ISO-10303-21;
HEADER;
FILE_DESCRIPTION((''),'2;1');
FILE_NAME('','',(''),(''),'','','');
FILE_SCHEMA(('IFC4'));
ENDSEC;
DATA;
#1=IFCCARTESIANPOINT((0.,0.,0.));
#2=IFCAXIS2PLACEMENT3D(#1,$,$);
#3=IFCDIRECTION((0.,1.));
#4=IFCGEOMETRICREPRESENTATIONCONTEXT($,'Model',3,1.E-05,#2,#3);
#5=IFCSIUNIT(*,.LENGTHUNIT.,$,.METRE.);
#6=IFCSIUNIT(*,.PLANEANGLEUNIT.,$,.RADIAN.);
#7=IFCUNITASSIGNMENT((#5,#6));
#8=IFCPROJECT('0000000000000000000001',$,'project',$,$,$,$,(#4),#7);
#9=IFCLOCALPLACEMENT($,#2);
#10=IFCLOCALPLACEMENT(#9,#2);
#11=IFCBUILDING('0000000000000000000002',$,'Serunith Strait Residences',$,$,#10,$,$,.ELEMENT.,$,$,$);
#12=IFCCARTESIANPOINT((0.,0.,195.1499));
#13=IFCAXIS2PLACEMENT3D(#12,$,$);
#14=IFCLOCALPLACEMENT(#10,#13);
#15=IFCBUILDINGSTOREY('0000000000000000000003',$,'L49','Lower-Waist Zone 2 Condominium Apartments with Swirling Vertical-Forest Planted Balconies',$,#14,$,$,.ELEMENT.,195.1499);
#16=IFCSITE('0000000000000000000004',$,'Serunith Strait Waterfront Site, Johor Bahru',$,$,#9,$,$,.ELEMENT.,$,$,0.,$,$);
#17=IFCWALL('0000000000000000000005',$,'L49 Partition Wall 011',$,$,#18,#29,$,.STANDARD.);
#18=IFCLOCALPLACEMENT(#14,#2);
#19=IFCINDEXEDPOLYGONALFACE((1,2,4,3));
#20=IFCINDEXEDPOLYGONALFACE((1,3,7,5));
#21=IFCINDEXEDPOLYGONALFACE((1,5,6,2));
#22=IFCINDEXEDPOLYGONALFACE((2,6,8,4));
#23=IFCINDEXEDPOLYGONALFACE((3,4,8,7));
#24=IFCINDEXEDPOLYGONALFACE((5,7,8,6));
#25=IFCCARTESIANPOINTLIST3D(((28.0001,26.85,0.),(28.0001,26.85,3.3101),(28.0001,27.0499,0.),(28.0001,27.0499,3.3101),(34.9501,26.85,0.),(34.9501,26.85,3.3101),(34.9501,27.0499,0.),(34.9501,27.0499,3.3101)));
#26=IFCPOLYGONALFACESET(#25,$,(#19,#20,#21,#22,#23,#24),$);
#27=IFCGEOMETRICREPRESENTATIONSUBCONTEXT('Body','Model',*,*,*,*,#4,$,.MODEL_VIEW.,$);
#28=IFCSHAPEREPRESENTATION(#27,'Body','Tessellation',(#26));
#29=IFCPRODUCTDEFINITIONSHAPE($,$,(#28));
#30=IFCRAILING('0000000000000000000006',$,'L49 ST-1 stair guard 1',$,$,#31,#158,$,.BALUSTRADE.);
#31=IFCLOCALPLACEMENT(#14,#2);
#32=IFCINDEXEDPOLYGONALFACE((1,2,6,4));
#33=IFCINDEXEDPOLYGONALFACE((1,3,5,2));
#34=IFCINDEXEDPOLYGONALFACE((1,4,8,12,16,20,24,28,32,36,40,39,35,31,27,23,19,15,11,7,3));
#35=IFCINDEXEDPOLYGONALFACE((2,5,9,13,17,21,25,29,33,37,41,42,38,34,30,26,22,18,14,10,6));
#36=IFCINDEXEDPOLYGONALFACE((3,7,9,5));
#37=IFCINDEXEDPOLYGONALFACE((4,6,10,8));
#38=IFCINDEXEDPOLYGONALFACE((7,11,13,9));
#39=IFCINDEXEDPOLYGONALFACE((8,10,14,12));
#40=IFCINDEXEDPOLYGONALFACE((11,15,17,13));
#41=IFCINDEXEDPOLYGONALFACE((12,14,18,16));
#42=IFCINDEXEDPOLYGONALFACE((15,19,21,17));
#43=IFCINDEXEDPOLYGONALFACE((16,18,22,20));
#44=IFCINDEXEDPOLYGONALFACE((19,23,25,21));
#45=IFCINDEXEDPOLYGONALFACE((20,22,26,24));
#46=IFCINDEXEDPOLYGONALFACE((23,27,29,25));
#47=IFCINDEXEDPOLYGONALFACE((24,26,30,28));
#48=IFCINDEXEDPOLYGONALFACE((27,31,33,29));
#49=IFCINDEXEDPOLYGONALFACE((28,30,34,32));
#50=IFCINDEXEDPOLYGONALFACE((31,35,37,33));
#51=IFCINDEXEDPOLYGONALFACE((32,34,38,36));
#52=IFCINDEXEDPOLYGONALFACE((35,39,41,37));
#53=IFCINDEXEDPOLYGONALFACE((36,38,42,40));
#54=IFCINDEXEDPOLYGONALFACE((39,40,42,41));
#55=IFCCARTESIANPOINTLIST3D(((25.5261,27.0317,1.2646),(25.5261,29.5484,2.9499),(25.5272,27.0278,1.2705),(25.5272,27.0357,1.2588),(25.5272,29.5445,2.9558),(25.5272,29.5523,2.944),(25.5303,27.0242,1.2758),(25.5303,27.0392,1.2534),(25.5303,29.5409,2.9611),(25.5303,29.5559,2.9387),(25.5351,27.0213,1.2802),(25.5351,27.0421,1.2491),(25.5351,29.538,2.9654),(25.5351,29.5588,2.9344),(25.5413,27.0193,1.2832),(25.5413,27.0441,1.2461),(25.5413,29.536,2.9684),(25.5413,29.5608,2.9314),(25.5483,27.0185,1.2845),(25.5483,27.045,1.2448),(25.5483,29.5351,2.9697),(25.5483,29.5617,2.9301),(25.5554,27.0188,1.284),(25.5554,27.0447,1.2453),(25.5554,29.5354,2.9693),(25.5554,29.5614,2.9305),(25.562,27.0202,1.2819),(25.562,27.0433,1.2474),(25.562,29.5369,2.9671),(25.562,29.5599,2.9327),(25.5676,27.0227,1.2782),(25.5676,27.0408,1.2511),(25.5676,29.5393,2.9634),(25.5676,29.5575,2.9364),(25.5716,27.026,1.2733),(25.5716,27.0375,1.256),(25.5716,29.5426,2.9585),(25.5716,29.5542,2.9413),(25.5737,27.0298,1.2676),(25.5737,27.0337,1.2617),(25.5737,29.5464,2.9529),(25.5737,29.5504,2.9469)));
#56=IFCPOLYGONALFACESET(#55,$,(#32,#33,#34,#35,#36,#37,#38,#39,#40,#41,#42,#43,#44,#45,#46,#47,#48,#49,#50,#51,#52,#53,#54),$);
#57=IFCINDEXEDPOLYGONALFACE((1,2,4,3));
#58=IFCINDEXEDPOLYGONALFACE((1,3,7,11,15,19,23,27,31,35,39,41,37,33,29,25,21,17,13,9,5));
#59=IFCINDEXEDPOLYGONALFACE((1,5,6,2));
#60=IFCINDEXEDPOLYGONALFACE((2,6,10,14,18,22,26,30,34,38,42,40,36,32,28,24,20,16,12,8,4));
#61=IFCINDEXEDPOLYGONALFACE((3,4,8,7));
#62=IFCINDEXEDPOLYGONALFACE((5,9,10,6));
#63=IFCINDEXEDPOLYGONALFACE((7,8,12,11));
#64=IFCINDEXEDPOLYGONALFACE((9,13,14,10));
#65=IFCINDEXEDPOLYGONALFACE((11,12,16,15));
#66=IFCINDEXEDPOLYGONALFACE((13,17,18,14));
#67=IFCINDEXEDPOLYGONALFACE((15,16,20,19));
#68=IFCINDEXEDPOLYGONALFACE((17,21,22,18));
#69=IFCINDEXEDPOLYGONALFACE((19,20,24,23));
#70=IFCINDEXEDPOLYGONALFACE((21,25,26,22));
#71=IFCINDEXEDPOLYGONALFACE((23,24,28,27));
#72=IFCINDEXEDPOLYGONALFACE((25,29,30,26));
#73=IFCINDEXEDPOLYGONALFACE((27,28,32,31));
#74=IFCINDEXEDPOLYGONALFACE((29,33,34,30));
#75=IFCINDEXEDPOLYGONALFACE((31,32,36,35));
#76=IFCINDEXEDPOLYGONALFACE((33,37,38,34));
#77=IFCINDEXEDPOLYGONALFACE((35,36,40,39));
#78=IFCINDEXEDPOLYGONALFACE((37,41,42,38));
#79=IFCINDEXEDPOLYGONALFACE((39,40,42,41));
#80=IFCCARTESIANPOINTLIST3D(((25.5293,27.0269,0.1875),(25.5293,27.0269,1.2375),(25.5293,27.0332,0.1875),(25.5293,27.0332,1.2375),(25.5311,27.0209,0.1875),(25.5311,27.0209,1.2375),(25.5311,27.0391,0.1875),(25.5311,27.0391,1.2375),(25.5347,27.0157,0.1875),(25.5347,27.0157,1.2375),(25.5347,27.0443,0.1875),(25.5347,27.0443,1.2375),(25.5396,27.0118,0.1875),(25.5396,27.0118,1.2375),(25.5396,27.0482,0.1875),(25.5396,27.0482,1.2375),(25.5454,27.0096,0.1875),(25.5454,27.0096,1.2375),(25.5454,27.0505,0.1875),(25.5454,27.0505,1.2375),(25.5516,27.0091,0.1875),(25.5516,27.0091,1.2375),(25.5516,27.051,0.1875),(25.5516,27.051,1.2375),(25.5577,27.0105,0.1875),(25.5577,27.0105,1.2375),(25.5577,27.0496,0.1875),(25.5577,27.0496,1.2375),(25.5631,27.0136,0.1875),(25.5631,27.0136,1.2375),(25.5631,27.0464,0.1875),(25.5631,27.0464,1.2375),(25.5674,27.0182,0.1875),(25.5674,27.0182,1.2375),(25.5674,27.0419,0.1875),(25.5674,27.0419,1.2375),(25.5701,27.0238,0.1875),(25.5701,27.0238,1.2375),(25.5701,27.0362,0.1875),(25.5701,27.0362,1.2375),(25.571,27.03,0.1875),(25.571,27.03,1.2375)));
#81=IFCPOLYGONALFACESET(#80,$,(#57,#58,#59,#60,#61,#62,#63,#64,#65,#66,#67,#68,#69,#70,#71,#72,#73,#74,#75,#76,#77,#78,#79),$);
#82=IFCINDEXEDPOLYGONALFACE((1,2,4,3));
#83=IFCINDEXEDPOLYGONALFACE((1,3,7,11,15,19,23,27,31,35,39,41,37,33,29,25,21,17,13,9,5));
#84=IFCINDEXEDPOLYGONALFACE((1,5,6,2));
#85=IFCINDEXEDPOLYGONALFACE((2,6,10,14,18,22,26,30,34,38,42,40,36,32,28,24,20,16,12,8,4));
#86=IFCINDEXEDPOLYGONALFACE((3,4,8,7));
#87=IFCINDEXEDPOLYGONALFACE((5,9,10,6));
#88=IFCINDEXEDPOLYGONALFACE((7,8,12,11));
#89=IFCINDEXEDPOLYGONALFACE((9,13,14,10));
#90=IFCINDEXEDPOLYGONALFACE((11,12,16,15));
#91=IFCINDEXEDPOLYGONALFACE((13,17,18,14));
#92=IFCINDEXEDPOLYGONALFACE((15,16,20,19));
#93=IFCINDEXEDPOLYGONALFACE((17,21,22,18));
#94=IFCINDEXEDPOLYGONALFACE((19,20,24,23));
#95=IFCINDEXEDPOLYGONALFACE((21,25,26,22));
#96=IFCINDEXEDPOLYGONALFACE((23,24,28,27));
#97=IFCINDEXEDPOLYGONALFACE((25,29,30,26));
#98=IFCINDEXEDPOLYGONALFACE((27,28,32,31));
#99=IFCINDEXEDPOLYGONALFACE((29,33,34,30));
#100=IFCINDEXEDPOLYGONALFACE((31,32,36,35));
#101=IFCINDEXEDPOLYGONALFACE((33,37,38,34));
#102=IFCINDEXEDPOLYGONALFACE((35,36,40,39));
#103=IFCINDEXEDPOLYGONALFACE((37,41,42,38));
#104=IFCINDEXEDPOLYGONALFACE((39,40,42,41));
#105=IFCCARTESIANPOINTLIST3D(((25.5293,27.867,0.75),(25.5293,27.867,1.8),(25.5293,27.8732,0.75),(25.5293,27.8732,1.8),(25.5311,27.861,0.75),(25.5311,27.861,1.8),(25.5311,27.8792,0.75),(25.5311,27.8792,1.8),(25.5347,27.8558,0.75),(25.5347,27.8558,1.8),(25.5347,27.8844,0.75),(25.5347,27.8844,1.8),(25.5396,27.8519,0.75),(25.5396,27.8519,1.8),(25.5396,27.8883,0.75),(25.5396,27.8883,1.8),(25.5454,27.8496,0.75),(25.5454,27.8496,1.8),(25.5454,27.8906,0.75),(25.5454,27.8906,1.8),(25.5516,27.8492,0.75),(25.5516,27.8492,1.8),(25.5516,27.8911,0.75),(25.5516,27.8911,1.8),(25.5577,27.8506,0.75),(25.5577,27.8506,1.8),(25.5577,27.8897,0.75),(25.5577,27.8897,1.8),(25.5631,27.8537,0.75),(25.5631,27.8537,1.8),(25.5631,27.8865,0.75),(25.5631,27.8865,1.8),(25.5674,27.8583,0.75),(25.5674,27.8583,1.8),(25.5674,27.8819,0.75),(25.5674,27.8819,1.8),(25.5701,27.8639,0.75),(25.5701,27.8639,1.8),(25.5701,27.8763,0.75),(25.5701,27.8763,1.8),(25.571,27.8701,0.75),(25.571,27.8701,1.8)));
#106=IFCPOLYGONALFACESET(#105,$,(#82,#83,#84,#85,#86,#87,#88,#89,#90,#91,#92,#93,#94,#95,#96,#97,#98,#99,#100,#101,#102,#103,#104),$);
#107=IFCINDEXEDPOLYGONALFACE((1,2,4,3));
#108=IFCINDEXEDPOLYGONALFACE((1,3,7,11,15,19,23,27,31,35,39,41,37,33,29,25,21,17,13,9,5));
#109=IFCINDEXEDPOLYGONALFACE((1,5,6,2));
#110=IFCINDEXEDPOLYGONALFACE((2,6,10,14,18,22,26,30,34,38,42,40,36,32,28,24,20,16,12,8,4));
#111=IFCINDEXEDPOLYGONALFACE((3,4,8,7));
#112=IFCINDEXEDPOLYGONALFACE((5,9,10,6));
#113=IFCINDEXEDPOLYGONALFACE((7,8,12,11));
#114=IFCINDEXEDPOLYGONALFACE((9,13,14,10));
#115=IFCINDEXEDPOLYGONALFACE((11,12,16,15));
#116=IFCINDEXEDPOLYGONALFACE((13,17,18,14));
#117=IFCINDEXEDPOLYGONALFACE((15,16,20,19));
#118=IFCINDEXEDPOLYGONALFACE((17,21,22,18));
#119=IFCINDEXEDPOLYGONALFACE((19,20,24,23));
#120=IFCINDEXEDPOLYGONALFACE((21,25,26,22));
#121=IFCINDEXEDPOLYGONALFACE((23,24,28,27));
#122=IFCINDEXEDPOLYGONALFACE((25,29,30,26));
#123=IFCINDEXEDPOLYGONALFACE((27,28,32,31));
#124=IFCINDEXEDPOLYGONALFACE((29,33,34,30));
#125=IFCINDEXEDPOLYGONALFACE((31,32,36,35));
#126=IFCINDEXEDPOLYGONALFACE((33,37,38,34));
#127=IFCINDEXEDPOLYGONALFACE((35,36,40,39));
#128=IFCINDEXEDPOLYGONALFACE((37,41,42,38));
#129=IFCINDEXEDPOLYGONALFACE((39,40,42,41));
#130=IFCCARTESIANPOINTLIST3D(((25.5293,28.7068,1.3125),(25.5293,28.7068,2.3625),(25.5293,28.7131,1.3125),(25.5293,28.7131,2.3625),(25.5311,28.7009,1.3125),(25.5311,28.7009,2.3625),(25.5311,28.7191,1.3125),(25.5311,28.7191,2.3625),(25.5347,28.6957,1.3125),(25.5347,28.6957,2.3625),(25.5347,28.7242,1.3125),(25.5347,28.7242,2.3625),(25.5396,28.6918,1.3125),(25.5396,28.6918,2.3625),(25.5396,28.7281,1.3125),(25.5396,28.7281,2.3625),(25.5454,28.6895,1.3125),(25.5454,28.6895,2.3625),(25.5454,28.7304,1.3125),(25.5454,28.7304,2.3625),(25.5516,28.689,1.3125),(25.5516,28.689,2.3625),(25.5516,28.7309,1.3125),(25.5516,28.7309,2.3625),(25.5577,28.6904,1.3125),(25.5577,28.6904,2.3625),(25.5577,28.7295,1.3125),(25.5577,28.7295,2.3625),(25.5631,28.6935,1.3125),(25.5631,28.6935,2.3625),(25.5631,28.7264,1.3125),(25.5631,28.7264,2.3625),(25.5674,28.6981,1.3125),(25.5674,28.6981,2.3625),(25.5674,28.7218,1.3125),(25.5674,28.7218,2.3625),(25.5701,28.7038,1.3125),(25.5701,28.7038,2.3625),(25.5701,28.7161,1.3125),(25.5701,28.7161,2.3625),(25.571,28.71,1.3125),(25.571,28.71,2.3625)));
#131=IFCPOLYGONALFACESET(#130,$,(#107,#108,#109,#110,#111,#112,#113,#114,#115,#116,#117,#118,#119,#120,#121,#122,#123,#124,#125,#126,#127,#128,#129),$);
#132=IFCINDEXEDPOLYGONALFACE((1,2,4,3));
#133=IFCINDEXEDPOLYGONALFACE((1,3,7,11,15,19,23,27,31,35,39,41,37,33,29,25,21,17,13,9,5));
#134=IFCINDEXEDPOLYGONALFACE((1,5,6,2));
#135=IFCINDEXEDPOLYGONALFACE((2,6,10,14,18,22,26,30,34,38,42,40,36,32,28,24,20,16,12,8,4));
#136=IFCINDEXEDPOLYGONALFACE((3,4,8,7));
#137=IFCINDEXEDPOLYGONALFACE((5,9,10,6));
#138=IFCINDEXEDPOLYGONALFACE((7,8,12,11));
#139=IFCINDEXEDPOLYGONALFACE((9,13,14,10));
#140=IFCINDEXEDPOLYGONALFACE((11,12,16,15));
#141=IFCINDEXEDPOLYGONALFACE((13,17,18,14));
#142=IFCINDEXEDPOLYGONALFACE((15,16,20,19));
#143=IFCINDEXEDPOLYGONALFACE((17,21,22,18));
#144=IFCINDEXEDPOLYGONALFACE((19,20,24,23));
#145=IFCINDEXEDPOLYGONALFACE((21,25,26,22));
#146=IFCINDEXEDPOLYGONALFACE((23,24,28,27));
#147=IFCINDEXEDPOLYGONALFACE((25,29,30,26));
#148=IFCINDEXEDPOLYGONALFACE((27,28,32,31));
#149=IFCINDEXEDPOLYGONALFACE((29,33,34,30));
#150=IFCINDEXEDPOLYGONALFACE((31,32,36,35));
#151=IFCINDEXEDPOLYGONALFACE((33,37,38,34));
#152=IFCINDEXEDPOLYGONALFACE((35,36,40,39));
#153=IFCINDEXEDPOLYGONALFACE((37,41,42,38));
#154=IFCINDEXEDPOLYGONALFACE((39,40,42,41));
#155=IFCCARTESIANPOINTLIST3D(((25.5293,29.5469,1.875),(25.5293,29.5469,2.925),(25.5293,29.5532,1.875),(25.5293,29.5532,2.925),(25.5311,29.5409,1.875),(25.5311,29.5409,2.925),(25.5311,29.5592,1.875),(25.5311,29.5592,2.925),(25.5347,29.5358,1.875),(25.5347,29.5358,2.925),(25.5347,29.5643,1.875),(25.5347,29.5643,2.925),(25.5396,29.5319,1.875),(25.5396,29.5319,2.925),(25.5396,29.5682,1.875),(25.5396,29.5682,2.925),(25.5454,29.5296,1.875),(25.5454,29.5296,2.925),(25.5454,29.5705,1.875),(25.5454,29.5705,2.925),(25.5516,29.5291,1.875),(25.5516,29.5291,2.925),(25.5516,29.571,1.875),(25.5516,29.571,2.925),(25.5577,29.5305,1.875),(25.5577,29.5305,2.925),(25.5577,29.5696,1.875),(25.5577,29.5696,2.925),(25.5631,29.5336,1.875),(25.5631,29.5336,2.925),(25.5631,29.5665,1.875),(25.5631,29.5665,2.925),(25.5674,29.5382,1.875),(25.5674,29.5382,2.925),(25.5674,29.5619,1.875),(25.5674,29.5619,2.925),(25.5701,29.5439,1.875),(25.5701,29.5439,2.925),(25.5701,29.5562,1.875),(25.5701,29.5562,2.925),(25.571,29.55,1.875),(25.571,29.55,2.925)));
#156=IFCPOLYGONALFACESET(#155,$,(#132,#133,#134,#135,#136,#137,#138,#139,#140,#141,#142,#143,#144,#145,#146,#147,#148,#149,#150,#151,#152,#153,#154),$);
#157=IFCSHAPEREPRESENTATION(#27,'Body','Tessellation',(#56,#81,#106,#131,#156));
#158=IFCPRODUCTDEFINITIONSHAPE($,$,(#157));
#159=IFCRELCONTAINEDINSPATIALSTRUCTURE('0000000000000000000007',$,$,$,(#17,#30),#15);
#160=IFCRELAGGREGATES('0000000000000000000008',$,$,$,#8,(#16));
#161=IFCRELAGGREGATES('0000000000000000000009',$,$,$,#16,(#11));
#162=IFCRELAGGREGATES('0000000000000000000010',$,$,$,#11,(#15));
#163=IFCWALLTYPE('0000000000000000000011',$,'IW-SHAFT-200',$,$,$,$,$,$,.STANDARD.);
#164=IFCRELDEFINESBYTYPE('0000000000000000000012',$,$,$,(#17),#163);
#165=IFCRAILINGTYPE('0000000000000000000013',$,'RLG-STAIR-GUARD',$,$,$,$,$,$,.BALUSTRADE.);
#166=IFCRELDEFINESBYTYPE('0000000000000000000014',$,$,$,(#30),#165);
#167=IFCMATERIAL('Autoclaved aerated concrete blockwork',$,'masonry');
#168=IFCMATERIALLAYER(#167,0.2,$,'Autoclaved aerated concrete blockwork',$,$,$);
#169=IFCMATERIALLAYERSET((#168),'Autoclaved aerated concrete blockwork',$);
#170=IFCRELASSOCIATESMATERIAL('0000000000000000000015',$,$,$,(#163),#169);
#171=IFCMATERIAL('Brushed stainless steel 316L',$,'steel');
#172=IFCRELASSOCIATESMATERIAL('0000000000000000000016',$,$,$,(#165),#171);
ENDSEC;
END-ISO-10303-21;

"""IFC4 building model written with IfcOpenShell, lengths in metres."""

from ifc_helpers import new_model, si_unit, direction, frame, frame_2d, origin, origin_2d, place, context, subcontext, project, spatial, rectangle, circle, extrude, material, layer, layer_set, type_object, element, save


model = new_model("IFC4")

# Units and contexts
model_context = context("Model", 3, precision=1e-05, world=origin(), true_north=direction((0.0, 1.0)))
body_context = subcontext(model_context, "Body", "Model", "MODEL_VIEW")
ifc_project = project(units=[si_unit("LENGTHUNIT", "METRE"), si_unit("PLANEANGLEUNIT", "RADIAN")], contexts=[model_context])

# Site, building, storey
site_placement = place(None, origin())
site = spatial("IfcSite", under=ifc_project, at=site_placement, Name="Serunith Strait Waterfront Site, Johor Bahru", CompositionType="ELEMENT", RefElevation=0.0)
building_placement = place(site_placement, origin())
building = spatial("IfcBuilding", under=site, at=building_placement, Name="Serunith Strait Residences", CompositionType="ELEMENT")
storey_placement = place(building_placement, frame((0.0, 0.0, 195.1499)))
storey = spatial("IfcBuildingStorey", under=building, at=storey_placement, Name="L49", Description="Lower-Waist Zone 2 Condominium Apartments with Swirling Vertical-Forest Planted Balconies", CompositionType="ELEMENT", Elevation=195.1499)

# Shared definitions
ifc_material_1 = material(Name="Autoclaved aerated concrete blockwork", Category="masonry")
ifc_layer_1 = layer(ifc_material_1, 0.2, Name="Autoclaved aerated concrete blockwork")
ifc_layer_set_1 = layer_set([ifc_layer_1], Name="Autoclaved aerated concrete blockwork")
wall_type_1 = type_object("IfcWallType", Name="IW-SHAFT-200", PredefinedType="STANDARD", material=ifc_layer_set_1)

# Wall
wall_1_placement = place(storey_placement, frame((28.0, 26.95, 0.0), z_axis=(0.0, 0.0, 1.0), x_axis=(1.0, 0.0, 0.0)))
element("IfcWall", 1, at=wall_1_placement, inside=storey, type_object=wall_type_1, Name="L49 Partition Wall 011", PredefinedType="STANDARD", context=body_context, shape_type="SweptSolid", body=[
    extrude(rectangle(XDim=6.95, YDim=0.2, at=frame_2d((3.4751, 0.0))), origin(), (0.0, 0.0, 1.0), 3.3101),
])

# Railing
ifc_material_2 = material(Name="Brushed stainless steel 316L", Category="steel")
railing_type_1 = type_object("IfcRailingType", Name="RLG-STAIR-GUARD", PredefinedType="BALUSTRADE", material=ifc_material_2)
railing_1_placement = place(storey_placement, frame((25.55, 27.03, 0.1875)))
element("IfcRailing", 2, at=railing_1_placement, inside=storey, type_object=railing_type_1, Name="L49 ST-1 stair guard 1", PredefinedType="BALUSTRADE", context=body_context, shape_type="SweptSolid", body=[
    extrude(circle(Radius=0.0239, at=origin_2d()), frame((0.0, 0.0017, 1.0771), z_axis=(0.0, 0.830909, 0.556408), x_axis=(-1.0, 0.0, 0.0)), (0.0, 0.0, 1.0), 3.0288),
    extrude(circle(Radius=0.021, at=origin_2d()), origin(), (0.0, 0.0, 1.0), 1.05),
    extrude(circle(Radius=0.021, at=origin_2d()), frame((0.0, 0.8401, 0.5625)), (0.0, 0.0, 1.0), 1.05),
    extrude(circle(Radius=0.021, at=origin_2d()), frame((0.0, 1.6799, 1.125)), (0.0, 0.0, 1.0), 1.05),
    extrude(circle(Radius=0.021, at=origin_2d()), frame((0.0, 2.52, 1.6875)), (0.0, 0.0, 1.0), 1.05),
])

save(model, "model.ifc")
